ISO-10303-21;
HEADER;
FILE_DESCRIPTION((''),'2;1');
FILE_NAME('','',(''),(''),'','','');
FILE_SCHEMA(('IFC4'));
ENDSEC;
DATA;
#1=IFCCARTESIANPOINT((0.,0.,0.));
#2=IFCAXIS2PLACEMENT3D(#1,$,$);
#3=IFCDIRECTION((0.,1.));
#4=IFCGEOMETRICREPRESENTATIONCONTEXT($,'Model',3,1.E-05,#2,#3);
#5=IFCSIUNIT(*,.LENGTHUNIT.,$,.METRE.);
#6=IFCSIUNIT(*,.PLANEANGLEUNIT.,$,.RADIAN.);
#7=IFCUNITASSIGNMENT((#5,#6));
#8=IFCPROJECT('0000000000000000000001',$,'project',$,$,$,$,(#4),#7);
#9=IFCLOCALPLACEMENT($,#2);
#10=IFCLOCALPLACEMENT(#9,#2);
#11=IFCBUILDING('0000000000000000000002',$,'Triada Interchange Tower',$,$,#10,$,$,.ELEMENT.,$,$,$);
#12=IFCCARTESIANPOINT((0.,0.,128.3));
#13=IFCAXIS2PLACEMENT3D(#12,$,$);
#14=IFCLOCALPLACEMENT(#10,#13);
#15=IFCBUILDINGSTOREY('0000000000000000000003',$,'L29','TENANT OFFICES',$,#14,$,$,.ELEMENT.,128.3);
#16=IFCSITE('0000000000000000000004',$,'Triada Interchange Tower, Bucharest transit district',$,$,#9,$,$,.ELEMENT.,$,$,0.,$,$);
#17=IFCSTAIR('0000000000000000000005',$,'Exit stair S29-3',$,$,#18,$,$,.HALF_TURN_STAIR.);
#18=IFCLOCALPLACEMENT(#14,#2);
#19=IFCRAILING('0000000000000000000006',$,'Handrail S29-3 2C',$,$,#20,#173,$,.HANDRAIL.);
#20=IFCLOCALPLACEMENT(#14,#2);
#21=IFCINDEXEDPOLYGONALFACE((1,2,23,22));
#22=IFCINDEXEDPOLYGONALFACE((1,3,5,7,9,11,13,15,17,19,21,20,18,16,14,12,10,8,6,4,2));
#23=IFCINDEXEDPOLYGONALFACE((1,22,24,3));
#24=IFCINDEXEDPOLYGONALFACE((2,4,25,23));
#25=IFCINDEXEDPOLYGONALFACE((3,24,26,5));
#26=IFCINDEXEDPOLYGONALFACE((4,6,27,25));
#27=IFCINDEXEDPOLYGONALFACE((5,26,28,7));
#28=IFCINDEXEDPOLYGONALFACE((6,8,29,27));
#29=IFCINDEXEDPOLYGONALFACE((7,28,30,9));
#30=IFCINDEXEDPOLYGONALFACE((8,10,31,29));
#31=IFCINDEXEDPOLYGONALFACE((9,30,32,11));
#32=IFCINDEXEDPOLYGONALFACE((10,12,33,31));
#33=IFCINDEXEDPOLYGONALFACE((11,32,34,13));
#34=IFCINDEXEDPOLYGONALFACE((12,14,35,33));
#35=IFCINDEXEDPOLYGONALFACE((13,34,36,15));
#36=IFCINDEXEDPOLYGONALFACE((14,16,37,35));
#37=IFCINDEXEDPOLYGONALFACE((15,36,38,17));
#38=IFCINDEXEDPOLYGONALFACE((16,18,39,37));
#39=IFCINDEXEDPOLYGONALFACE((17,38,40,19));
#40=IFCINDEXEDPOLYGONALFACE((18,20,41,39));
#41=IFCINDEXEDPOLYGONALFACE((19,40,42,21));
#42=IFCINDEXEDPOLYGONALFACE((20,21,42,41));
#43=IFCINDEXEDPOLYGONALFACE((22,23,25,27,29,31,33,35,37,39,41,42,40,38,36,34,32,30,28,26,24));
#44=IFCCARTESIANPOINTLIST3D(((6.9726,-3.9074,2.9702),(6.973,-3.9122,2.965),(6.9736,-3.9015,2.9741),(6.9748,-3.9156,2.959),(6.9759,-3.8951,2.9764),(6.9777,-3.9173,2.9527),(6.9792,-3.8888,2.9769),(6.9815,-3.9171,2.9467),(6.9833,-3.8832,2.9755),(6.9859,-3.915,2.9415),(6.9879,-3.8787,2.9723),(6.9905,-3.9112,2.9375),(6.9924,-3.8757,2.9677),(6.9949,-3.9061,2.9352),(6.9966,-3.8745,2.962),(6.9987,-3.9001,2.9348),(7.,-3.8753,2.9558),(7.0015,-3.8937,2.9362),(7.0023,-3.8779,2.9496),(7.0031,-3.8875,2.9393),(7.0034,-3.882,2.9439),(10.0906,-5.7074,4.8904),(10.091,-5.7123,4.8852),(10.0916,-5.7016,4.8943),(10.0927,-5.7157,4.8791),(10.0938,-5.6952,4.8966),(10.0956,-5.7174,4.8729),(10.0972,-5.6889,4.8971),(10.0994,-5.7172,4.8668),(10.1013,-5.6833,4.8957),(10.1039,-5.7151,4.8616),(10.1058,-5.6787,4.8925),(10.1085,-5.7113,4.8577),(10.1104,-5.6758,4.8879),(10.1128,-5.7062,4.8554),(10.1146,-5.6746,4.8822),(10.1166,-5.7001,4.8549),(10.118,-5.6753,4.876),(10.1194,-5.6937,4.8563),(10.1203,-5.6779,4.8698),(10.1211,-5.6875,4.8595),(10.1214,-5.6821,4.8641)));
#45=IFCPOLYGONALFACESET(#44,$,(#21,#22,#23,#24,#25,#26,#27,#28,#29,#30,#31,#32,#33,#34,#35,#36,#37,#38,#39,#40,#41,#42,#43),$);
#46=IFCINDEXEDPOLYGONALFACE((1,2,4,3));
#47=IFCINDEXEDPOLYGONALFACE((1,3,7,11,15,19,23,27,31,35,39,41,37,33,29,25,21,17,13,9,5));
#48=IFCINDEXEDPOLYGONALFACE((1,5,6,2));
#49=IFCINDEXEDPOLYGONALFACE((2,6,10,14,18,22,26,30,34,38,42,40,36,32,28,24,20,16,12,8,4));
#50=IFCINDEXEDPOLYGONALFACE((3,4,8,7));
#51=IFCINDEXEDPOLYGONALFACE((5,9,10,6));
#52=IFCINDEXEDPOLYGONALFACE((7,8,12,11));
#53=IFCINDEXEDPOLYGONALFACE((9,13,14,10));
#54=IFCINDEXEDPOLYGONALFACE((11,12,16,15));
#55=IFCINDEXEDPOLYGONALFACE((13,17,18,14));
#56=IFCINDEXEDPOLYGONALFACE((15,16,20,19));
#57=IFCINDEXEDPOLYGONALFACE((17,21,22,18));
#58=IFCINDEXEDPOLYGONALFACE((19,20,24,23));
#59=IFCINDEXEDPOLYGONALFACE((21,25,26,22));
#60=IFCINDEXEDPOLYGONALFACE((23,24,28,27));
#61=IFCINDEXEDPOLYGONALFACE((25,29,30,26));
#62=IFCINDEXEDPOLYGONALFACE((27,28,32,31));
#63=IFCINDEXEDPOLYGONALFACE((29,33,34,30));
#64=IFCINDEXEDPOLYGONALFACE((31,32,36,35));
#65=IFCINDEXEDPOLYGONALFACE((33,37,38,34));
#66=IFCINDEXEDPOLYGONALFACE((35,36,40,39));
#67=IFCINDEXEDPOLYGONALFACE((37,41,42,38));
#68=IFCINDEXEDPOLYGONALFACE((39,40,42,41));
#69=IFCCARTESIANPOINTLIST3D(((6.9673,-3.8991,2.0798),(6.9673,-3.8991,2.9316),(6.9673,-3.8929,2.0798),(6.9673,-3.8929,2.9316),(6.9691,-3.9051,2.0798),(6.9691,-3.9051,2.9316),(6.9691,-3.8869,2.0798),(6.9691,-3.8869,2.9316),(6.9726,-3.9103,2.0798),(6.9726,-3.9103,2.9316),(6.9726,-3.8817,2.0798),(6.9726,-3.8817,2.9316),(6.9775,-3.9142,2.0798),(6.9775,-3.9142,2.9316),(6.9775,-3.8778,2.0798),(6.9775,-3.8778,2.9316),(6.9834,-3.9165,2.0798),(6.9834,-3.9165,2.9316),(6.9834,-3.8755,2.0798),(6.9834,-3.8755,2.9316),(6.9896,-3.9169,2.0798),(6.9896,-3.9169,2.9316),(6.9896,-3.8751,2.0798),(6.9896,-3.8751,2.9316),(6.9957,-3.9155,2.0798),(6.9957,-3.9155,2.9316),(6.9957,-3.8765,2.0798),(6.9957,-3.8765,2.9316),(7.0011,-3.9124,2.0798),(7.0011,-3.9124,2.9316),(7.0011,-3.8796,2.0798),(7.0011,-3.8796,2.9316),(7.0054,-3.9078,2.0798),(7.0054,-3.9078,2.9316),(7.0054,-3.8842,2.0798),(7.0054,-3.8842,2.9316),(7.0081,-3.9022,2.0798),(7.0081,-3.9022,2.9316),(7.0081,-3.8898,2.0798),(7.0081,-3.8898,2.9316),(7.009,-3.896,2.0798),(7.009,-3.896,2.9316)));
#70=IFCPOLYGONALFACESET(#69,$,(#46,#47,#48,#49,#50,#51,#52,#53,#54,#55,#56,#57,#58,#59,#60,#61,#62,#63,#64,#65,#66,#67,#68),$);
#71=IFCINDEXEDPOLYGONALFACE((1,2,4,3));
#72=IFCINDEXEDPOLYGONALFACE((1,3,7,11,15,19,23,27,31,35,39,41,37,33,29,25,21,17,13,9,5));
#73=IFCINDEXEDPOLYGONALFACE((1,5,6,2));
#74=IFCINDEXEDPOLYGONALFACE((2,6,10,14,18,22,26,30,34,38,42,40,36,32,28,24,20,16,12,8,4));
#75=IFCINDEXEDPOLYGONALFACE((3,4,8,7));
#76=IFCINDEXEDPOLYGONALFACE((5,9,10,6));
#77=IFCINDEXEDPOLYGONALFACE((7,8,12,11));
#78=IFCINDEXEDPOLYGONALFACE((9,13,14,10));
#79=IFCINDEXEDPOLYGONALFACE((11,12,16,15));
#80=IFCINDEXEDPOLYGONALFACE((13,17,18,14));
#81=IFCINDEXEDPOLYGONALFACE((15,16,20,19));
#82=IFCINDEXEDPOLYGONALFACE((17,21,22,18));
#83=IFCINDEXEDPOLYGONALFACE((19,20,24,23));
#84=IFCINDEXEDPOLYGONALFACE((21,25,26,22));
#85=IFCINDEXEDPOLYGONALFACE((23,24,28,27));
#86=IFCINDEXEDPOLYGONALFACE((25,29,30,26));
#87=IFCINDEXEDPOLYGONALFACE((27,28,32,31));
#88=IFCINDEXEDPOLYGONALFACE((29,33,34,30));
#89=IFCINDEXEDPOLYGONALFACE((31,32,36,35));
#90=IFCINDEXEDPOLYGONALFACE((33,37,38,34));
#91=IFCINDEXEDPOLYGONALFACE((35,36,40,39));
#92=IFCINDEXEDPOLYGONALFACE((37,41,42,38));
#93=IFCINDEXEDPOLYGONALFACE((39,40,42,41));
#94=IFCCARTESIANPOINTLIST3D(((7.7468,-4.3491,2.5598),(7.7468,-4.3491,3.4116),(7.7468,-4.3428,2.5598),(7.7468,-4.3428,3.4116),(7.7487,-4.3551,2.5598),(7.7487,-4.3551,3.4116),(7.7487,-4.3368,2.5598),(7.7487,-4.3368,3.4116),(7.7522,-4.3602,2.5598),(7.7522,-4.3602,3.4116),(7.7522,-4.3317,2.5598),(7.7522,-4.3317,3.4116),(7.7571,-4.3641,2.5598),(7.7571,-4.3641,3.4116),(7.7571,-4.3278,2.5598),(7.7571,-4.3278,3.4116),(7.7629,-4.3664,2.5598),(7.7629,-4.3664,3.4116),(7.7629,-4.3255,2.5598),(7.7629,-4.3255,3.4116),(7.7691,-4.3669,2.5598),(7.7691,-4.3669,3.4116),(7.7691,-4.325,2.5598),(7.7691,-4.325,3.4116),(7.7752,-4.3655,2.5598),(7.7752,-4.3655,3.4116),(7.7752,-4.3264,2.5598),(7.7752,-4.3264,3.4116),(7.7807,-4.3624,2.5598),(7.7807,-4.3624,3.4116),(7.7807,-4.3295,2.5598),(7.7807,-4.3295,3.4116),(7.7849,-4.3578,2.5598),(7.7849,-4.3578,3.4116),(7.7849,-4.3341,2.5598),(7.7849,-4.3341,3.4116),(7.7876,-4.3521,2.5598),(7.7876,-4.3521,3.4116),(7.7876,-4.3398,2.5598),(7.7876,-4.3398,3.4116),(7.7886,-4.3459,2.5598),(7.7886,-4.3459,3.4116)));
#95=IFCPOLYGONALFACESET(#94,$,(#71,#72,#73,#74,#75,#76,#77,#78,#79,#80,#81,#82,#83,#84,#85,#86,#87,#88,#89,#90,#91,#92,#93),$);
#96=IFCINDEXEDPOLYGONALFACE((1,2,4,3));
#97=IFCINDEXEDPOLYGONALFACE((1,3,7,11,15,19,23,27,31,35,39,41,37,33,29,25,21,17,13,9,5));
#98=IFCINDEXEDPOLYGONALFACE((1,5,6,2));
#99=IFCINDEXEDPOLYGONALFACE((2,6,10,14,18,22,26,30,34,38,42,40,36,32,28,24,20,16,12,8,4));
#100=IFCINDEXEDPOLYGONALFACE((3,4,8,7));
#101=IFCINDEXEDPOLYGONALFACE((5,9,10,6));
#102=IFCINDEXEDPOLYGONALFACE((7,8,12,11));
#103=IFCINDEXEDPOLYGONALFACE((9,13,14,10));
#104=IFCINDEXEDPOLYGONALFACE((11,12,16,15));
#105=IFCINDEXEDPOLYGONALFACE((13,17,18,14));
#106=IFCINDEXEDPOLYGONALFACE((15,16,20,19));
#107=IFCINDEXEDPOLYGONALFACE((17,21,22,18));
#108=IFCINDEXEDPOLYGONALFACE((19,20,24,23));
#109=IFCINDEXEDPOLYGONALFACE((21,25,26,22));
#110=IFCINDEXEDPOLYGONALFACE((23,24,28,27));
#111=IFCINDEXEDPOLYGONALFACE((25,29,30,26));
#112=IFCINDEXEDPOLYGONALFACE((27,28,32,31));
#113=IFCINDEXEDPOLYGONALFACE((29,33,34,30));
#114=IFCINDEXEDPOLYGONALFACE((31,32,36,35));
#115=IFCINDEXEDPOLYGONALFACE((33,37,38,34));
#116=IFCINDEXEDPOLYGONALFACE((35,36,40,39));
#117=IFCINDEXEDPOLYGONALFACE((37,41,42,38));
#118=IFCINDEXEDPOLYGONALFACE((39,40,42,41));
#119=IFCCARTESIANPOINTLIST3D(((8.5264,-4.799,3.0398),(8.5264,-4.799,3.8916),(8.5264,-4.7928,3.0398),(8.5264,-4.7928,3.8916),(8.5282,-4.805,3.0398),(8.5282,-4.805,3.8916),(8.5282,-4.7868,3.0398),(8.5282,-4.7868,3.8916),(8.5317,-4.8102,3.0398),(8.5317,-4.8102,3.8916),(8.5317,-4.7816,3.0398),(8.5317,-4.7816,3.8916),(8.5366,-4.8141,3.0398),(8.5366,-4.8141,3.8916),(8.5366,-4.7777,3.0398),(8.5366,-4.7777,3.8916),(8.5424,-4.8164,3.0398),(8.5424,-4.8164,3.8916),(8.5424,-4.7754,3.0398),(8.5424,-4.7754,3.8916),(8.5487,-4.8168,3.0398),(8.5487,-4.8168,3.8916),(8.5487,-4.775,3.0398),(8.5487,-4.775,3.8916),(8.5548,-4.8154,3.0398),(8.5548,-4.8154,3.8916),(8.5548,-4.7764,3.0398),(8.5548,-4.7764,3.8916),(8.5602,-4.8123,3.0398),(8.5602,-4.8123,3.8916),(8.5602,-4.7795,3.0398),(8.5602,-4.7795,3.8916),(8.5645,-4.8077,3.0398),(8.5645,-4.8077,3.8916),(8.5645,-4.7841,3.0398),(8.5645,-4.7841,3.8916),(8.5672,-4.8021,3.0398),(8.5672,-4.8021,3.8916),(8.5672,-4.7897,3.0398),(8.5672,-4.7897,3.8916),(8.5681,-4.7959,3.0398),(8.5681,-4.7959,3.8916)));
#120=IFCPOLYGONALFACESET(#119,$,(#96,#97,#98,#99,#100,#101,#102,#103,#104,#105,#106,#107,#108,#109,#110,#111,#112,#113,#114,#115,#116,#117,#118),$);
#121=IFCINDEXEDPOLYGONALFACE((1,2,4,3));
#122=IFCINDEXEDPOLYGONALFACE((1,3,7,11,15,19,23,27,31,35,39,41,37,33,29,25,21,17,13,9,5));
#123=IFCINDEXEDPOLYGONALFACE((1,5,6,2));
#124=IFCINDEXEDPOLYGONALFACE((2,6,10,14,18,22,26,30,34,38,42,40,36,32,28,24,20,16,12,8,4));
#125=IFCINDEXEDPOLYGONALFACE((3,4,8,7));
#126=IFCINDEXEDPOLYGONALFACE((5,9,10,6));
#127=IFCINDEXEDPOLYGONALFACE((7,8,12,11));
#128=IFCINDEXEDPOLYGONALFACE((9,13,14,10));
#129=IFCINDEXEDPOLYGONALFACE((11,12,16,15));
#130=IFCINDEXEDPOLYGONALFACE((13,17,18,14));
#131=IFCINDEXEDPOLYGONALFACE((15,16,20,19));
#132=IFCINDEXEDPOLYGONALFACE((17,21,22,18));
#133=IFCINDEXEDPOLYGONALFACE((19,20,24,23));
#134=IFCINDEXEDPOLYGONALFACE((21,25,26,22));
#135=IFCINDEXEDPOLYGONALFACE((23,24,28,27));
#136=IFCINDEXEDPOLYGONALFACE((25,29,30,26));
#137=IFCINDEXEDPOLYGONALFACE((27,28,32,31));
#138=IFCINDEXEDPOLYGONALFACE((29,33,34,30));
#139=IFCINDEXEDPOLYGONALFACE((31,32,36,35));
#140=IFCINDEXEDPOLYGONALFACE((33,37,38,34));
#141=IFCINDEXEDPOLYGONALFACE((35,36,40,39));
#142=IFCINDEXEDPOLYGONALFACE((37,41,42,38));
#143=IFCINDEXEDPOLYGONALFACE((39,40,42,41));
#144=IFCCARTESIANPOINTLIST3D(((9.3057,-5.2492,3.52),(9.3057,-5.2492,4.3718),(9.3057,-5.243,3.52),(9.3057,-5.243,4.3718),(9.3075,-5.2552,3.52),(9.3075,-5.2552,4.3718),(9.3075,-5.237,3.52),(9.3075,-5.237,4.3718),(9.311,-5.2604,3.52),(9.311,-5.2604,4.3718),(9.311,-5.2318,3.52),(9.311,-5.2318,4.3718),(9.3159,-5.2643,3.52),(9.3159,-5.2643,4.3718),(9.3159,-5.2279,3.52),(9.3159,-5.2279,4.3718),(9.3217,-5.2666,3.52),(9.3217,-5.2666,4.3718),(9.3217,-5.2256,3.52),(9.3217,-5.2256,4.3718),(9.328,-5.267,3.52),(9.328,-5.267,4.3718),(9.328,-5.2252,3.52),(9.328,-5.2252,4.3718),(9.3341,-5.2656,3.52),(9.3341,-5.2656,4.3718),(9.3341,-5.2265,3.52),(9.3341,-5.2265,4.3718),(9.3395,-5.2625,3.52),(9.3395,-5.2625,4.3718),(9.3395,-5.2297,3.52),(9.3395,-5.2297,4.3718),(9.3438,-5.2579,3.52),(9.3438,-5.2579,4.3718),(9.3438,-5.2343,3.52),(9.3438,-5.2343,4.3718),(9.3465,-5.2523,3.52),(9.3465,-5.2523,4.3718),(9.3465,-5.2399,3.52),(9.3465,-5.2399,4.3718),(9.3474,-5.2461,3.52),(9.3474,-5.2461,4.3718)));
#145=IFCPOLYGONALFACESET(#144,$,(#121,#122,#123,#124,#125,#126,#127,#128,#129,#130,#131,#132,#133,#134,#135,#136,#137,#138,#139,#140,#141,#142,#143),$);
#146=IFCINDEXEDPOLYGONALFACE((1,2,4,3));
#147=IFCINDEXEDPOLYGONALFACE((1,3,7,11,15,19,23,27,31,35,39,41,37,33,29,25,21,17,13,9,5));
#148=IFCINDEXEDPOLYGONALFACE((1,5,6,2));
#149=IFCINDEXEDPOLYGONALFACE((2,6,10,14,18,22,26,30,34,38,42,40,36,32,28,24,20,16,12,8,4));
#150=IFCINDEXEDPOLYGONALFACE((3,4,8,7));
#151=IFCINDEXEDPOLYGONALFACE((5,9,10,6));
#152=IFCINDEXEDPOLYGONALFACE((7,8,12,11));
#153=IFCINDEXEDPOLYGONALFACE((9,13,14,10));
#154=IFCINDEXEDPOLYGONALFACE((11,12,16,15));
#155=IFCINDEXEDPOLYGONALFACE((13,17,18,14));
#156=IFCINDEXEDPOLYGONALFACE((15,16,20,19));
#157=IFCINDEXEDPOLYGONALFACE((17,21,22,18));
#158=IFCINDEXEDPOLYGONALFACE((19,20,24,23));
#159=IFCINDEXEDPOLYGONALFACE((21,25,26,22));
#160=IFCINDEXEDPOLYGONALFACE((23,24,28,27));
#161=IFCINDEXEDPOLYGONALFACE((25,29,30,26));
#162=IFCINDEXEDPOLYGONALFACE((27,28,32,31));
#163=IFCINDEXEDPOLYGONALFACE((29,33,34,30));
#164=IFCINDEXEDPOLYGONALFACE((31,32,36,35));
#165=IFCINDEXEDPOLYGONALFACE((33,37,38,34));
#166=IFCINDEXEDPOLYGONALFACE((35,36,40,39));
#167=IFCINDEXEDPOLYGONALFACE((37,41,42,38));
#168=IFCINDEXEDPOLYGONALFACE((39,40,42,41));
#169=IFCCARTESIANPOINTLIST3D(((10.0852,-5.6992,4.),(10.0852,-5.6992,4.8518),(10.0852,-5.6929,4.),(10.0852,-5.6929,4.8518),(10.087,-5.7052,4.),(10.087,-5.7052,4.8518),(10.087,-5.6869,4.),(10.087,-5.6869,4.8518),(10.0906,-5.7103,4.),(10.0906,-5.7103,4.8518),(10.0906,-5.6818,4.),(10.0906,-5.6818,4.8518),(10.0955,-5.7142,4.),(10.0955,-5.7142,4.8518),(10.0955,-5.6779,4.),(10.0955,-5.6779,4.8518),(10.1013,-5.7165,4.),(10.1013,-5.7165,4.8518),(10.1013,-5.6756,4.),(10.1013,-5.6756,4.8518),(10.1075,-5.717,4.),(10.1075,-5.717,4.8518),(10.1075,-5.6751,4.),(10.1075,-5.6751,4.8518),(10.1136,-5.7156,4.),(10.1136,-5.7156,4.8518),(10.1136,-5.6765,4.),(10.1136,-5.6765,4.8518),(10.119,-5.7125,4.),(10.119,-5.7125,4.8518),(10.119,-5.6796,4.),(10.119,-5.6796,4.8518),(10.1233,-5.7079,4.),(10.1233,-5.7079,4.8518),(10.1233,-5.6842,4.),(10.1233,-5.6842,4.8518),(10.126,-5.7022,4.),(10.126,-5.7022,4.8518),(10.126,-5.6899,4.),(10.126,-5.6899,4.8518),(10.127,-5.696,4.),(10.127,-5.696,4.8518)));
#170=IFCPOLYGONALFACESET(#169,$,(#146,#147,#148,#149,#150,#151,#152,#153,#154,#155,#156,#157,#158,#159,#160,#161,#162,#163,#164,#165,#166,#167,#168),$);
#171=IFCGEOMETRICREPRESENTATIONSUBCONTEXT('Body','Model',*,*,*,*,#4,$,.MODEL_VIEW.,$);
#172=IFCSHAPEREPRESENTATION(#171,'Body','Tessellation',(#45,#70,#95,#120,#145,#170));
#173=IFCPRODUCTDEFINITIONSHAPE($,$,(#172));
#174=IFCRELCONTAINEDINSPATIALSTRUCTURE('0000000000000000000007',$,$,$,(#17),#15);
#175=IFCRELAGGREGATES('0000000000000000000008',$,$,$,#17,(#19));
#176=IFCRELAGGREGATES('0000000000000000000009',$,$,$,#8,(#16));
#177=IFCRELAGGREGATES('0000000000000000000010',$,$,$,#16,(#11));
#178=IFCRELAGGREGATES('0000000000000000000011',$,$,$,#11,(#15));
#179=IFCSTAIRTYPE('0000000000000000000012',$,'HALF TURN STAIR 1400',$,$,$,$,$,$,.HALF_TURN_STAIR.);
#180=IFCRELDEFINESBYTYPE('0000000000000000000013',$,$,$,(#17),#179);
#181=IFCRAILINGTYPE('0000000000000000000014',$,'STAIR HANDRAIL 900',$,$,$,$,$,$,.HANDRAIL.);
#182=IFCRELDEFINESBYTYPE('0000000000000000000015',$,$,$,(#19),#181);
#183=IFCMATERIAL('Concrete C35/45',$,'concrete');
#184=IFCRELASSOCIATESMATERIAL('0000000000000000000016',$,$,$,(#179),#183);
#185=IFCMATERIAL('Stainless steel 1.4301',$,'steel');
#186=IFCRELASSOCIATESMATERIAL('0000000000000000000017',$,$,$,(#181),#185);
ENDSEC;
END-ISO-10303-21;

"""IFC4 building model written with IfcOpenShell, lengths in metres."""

from ifc_helpers import new_model, si_unit, direction, frame, origin, origin_2d, place, context, subcontext, project, spatial, circle, extrude, material, type_object, element, aggregate, save


model = new_model("IFC4")

# Units and contexts
model_context = context("Model", 3, precision=1e-05, world=origin(), true_north=direction((0.0, 1.0)))
body_context = subcontext(model_context, "Body", "Model", "MODEL_VIEW")
ifc_project = project(units=[si_unit("LENGTHUNIT", "METRE"), si_unit("PLANEANGLEUNIT", "RADIAN")], contexts=[model_context])

# Site, building, storey
site_placement = place(None, origin())
site = spatial("IfcSite", under=ifc_project, at=site_placement, Name="Triada Interchange Tower, Bucharest transit district", CompositionType="ELEMENT", RefElevation=0.0)
building_placement = place(site_placement, origin())
building = spatial("IfcBuilding", under=site, at=building_placement, Name="Triada Interchange Tower", CompositionType="ELEMENT")
storey_placement = place(building_placement, frame((0.0, 0.0, 128.3)))
storey = spatial("IfcBuildingStorey", under=building, at=storey_placement, Name="L29", Description="TENANT OFFICES", CompositionType="ELEMENT", Elevation=128.3)

# Stair, railing
ifc_material_1 = material(Name="Concrete C35/45", Category="concrete")
stair_type = type_object("IfcStairType", Name="HALF TURN STAIR 1400", PredefinedType="HALF_TURN_STAIR", material=ifc_material_1)
stair_placement = place(storey_placement, origin())
stair = element("IfcStair", 1, at=stair_placement, inside=storey, type_object=stair_type, Name="Exit stair S29-3", PredefinedType="HALF_TURN_STAIR")
ifc_material_2 = material(Name="Stainless steel 1.4301", Category="steel")
railing_type = type_object("IfcRailingType", Name="STAIR HANDRAIL 900", PredefinedType="HANDRAIL", material=ifc_material_2)
railing_1_placement = place(storey_placement, frame((6.988, -3.896, 2.0798)))
railing_1 = element("IfcRailing", 2, at=railing_1_placement, type_object=railing_type, Name="Handrail S29-3 2C", PredefinedType="HANDRAIL", context=body_context, shape_type="SweptSolid", body=[
    extrude(circle(Radius=0.0239, at=origin_2d()), frame((0.0, 0.0, 0.876), z_axis=(0.764145, -0.441159, 0.470597), x_axis=(0.499983, 0.866035, 0.0)), (0.0, 0.0, 1.0), 4.0803),
    extrude(circle(Radius=0.021, at=origin_2d()), origin(), (0.0, 0.0, 1.0), 0.8518),
    extrude(circle(Radius=0.021, at=origin_2d()), frame((0.7795, -0.45, 0.48)), (0.0, 0.0, 1.0), 0.8518),
    extrude(circle(Radius=0.021, at=origin_2d()), frame((1.5591, -0.8999, 0.96)), (0.0, 0.0, 1.0), 0.8518),
    extrude(circle(Radius=0.021, at=origin_2d()), frame((2.3384, -1.3501, 1.4402)), (0.0, 0.0, 1.0), 0.8518),
    extrude(circle(Radius=0.021, at=origin_2d()), frame((3.1179, -1.8, 1.9202)), (0.0, 0.0, 1.0), 0.8518),
])
aggregate(stair, [railing_1])

save(model, "model.ifc")
